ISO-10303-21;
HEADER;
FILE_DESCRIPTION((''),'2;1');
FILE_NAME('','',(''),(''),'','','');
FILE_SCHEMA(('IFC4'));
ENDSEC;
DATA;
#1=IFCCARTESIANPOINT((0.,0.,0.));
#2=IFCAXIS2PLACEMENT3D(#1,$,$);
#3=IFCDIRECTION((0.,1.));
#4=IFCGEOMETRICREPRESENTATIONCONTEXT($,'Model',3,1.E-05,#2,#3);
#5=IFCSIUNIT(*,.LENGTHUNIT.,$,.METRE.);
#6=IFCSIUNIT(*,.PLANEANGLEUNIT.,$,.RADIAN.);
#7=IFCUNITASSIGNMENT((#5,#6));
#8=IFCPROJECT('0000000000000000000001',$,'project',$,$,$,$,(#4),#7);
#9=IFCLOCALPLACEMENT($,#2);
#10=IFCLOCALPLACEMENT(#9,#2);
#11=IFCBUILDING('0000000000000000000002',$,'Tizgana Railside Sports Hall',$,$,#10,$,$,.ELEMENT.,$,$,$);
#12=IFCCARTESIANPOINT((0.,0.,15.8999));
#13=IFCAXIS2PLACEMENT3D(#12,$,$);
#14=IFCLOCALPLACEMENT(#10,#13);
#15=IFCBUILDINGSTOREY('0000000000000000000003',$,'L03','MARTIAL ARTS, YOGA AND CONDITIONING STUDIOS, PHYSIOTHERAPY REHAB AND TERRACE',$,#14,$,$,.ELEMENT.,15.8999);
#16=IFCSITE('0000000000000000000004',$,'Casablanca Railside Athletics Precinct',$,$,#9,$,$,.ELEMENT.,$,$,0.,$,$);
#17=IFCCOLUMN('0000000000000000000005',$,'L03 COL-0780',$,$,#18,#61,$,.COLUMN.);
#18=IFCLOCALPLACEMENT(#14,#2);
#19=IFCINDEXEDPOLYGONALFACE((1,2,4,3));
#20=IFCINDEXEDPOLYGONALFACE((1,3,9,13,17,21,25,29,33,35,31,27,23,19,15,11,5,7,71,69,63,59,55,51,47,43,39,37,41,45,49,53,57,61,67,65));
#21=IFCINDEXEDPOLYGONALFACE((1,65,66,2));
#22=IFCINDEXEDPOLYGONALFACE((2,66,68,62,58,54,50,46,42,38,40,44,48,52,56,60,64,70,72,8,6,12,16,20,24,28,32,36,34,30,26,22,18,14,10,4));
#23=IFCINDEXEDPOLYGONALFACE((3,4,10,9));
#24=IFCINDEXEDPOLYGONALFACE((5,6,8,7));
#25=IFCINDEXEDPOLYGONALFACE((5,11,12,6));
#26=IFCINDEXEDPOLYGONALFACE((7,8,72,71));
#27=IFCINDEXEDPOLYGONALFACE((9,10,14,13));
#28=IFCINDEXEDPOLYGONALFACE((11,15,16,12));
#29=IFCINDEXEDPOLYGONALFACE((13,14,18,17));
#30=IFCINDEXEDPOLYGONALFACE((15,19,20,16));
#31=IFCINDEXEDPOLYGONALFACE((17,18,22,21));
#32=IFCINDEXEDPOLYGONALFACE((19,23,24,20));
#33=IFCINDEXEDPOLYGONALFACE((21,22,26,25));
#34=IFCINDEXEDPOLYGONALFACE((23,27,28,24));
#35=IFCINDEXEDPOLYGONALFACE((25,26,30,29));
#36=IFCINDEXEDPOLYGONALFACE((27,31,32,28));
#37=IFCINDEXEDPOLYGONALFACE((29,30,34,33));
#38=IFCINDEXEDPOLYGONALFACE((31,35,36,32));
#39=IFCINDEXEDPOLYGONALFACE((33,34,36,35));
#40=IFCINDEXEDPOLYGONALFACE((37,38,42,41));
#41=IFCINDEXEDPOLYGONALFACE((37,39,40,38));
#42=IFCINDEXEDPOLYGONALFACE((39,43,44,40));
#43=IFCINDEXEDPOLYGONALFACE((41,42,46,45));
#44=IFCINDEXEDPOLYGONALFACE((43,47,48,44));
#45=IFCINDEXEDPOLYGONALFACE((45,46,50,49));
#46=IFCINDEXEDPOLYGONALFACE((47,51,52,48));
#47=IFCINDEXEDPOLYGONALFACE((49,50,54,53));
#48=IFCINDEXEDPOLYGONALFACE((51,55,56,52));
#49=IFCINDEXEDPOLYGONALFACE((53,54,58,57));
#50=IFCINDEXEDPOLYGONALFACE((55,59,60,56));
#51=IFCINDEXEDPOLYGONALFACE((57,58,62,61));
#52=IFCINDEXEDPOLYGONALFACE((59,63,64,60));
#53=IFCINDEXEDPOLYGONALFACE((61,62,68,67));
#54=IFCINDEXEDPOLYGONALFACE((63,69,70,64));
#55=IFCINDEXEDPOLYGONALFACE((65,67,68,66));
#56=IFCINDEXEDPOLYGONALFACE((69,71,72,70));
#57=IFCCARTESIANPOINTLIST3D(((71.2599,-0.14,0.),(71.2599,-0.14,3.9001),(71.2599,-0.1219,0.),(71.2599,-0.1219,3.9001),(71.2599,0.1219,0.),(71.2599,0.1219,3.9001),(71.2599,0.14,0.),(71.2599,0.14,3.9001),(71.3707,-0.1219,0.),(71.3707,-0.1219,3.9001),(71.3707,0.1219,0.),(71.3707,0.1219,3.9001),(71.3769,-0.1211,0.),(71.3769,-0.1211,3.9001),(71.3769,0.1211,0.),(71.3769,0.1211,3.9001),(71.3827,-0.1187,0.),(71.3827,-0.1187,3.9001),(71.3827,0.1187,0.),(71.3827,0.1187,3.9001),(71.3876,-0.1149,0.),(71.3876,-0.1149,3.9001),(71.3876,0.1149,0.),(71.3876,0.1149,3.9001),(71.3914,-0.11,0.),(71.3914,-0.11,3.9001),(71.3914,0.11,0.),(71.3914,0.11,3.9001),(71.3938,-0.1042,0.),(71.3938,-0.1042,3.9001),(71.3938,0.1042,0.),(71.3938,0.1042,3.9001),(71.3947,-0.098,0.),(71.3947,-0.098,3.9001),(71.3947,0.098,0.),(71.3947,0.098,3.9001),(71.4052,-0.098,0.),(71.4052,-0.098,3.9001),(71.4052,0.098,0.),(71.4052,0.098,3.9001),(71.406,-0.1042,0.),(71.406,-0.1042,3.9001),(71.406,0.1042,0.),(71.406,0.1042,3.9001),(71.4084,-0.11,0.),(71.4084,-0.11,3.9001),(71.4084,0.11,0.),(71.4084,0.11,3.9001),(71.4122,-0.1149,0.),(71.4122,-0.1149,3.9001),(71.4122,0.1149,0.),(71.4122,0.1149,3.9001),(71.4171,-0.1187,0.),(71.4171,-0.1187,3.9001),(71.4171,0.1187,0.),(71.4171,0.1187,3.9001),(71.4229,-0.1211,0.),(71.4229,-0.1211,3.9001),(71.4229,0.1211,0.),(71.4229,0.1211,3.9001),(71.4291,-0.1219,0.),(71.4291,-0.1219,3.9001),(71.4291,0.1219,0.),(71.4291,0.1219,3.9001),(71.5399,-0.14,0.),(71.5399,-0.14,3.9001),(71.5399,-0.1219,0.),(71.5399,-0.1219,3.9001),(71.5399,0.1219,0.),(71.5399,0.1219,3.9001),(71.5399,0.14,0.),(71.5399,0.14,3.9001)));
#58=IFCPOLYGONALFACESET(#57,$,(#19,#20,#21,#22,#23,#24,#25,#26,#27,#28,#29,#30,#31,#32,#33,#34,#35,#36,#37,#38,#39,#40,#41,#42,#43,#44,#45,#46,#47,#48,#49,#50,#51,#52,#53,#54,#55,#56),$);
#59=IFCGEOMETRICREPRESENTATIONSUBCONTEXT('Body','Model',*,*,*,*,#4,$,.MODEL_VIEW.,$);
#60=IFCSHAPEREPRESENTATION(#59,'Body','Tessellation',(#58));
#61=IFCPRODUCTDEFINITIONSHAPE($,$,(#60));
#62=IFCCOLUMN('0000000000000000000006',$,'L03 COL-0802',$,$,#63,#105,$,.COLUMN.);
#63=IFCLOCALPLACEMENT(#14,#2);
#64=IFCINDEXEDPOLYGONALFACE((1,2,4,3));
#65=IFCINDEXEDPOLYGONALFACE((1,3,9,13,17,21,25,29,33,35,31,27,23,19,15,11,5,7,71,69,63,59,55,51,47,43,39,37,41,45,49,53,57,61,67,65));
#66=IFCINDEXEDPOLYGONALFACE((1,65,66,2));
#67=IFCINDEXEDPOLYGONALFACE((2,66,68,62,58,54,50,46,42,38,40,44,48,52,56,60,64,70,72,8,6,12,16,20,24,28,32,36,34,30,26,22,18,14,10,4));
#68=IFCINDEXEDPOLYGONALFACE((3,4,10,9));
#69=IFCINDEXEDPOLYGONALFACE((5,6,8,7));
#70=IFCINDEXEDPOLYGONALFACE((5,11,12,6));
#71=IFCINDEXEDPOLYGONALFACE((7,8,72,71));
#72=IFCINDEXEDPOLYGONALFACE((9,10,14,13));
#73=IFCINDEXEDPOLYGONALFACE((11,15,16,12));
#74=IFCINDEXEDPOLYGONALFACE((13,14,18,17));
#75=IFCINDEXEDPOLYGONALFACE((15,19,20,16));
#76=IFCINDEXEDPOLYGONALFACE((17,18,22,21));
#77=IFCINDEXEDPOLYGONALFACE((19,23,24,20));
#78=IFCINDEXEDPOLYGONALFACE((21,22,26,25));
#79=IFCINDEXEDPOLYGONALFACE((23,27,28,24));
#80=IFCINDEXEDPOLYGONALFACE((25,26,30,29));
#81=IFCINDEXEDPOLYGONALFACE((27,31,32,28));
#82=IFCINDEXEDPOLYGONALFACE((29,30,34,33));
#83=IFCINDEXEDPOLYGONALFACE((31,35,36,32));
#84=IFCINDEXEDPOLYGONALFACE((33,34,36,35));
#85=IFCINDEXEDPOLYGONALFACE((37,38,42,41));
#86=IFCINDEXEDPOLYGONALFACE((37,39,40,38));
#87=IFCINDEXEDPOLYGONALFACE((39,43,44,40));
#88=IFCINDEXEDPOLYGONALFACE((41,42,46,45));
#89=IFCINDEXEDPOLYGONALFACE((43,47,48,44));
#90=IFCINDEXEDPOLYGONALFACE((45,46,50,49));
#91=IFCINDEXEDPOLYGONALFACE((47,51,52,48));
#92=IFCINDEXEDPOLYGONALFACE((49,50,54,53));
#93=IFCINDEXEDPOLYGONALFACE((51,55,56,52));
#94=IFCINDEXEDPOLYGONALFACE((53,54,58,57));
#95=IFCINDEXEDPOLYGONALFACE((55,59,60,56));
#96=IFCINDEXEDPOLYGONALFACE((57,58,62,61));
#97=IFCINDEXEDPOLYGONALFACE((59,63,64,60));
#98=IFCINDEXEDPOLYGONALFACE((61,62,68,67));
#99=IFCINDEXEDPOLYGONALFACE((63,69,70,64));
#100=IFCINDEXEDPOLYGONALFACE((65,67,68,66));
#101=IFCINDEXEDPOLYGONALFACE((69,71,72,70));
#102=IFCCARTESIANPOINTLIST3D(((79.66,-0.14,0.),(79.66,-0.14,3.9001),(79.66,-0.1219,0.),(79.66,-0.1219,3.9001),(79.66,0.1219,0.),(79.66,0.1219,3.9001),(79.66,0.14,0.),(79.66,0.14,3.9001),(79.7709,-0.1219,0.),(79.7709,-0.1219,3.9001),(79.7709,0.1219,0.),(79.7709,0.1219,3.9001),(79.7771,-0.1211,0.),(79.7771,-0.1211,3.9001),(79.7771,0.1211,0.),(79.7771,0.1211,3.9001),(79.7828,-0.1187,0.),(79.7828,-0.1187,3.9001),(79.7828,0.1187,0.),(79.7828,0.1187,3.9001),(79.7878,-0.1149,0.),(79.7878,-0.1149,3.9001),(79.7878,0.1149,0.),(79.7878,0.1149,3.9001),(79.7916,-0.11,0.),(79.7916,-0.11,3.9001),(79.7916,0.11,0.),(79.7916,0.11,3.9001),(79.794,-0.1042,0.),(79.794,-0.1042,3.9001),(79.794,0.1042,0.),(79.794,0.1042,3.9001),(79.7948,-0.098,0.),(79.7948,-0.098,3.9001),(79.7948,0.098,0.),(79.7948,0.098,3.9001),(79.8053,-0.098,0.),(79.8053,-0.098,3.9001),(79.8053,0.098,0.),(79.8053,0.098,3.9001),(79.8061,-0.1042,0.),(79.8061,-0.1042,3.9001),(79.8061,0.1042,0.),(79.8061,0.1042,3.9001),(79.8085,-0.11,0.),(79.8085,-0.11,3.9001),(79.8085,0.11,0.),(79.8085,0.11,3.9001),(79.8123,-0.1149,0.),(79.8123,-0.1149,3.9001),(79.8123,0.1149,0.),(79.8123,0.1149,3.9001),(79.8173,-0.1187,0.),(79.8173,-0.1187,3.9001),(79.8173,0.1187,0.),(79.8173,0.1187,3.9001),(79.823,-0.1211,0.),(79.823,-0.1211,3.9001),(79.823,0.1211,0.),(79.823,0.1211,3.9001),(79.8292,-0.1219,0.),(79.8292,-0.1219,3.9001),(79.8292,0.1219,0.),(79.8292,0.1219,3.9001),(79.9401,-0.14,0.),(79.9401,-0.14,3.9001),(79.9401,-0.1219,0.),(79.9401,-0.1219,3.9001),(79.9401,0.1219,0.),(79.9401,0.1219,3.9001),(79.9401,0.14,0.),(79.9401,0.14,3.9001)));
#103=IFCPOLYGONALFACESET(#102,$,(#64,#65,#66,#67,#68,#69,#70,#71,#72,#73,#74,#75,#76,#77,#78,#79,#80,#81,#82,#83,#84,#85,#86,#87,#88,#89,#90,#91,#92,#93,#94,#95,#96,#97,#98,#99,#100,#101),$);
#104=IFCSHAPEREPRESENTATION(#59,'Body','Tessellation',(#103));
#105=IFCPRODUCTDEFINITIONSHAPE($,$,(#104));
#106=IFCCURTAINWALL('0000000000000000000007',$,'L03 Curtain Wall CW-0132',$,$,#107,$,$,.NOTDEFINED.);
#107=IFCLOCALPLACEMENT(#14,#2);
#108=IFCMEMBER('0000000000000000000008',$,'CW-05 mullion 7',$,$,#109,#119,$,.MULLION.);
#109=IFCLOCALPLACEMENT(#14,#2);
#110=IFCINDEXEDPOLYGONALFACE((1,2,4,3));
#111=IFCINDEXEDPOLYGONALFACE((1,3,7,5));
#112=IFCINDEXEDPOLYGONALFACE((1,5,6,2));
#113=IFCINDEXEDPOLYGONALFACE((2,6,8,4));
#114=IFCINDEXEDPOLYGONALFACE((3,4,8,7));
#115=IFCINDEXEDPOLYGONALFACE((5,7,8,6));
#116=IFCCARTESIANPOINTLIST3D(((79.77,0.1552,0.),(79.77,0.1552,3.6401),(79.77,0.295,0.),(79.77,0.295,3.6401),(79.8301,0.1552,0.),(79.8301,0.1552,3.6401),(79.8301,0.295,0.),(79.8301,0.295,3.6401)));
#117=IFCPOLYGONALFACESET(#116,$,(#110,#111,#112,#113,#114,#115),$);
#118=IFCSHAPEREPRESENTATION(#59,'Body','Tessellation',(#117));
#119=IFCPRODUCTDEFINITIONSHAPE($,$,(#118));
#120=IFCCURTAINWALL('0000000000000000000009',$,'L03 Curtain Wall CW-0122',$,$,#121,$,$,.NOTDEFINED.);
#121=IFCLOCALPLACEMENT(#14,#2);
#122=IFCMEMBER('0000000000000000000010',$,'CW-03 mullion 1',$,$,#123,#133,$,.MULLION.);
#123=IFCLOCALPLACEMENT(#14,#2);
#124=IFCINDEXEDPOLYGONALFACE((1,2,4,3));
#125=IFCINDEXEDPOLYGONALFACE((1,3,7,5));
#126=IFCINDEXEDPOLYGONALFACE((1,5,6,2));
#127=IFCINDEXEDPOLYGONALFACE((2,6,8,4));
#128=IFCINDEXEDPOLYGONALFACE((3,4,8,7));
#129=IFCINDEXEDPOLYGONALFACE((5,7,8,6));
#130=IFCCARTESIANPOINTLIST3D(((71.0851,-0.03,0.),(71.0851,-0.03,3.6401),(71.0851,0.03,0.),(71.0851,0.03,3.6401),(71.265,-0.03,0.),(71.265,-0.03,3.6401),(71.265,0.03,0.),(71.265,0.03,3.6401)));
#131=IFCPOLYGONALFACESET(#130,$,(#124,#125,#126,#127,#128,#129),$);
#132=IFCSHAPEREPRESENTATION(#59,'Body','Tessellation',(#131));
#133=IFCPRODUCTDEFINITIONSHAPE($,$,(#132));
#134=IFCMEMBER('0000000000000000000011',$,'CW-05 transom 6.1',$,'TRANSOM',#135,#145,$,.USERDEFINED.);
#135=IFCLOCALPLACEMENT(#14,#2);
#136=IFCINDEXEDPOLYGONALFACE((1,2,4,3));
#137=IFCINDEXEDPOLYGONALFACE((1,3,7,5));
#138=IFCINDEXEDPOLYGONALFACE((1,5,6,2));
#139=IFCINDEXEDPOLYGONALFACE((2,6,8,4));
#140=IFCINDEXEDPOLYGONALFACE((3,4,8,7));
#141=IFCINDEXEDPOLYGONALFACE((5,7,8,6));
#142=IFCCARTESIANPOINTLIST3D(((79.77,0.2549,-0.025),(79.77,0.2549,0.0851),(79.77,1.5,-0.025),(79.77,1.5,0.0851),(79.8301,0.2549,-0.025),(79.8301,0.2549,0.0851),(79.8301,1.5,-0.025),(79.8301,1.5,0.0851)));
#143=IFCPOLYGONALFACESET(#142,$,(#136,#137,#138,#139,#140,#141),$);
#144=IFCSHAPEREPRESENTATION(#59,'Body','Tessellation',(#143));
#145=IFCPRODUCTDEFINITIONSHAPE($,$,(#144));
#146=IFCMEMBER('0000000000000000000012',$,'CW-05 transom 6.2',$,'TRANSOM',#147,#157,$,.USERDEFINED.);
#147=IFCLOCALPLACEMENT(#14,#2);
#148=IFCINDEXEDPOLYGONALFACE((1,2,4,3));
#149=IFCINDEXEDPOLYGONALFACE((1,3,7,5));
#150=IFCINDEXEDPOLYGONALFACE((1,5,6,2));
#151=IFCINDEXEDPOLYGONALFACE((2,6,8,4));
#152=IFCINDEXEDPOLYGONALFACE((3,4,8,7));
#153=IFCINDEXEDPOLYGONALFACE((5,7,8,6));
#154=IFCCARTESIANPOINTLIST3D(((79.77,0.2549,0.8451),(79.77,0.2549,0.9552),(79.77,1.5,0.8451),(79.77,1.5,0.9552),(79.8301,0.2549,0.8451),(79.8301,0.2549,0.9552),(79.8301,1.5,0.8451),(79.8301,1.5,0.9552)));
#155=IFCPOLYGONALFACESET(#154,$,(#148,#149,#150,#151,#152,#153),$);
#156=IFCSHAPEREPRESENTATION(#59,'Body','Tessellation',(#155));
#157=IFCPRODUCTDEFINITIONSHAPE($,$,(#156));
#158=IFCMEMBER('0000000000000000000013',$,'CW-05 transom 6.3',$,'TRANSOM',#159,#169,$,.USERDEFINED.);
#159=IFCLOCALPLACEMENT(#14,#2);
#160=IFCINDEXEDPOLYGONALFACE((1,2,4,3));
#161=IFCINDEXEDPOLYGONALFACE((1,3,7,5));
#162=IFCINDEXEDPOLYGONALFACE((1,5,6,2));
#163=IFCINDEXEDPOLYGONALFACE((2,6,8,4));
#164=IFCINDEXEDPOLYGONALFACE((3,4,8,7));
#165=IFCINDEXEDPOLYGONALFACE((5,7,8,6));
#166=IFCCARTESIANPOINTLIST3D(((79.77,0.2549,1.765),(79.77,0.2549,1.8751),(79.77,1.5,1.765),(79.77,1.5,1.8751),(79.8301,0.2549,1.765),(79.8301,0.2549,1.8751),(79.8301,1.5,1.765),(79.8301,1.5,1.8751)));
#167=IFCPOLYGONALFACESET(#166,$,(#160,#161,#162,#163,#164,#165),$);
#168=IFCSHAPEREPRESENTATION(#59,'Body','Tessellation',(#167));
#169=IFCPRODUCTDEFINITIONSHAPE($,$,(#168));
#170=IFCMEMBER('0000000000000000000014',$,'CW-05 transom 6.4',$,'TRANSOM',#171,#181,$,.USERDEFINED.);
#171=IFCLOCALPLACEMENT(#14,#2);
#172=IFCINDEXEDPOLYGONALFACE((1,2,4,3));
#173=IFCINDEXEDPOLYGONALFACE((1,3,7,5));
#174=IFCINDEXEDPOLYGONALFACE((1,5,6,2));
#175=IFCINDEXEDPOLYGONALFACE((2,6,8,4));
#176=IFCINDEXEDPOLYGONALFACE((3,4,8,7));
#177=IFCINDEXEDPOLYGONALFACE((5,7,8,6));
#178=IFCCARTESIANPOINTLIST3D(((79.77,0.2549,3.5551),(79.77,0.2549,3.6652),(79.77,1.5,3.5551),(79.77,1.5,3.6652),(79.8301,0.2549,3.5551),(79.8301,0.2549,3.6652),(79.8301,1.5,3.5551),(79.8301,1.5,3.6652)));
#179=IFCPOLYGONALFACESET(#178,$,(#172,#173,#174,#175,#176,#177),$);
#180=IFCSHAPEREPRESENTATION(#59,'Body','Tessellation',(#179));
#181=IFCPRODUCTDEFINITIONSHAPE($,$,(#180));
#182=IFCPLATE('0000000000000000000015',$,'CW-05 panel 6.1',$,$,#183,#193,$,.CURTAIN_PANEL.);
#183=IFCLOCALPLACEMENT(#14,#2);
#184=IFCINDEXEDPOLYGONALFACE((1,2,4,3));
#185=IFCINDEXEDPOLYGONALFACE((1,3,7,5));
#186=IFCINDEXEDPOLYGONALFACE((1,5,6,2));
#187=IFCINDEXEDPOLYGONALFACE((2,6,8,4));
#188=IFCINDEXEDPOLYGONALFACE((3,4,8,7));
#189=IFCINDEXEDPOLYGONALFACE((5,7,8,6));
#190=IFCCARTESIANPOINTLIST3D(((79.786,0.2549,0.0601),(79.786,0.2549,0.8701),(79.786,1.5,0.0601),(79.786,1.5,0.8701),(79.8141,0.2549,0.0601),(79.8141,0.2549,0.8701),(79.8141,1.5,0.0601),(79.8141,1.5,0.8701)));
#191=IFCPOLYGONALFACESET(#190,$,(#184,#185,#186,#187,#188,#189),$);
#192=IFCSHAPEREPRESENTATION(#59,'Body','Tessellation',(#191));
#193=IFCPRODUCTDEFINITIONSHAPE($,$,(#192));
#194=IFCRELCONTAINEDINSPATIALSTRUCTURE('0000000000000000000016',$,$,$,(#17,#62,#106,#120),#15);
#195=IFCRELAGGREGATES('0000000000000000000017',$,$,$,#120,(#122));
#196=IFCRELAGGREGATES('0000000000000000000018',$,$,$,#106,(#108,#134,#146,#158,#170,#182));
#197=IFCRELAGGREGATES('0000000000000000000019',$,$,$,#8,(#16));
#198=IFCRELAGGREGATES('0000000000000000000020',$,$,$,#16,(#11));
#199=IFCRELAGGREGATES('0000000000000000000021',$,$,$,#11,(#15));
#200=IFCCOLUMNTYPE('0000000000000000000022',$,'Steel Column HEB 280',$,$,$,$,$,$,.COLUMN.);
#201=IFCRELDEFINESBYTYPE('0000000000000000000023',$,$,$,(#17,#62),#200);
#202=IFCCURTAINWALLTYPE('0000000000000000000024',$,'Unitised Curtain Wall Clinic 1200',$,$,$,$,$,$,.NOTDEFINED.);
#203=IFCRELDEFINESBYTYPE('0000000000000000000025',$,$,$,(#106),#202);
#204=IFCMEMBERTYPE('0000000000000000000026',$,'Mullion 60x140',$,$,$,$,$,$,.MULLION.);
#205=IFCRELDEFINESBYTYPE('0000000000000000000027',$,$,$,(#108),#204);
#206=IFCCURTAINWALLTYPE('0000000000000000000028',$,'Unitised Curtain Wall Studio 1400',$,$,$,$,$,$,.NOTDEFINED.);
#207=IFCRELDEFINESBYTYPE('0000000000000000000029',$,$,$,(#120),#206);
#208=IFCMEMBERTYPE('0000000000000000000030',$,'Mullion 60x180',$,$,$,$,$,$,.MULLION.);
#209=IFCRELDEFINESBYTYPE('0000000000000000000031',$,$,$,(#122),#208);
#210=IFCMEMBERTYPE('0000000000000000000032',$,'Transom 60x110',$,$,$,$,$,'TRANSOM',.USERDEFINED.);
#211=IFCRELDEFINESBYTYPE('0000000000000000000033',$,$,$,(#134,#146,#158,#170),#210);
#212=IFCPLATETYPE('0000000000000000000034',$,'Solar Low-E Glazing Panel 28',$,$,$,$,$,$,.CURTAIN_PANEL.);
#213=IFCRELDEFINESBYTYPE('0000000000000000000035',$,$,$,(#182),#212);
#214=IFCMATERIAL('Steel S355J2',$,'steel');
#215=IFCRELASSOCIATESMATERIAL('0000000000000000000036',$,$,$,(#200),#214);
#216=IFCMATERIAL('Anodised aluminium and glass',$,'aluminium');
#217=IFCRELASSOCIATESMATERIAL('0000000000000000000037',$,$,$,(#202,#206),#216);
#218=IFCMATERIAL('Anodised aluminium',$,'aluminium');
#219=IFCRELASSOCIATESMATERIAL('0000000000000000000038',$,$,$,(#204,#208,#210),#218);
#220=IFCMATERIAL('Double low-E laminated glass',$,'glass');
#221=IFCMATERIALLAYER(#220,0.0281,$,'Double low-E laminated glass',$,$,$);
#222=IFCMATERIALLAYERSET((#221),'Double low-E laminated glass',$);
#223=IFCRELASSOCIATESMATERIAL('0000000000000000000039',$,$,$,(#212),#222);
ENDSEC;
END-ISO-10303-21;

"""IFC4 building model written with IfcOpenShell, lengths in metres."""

from ifc_helpers import new_model, si_unit, direction, frame, origin, origin_2d, place, context, subcontext, project, spatial, rectangle, i_section, extrude, material, layer, layer_set, material_profile, profile_set, type_object, element, aggregate, save


model = new_model("IFC4")

# Units and contexts
model_context = context("Model", 3, precision=1e-05, world=origin(), true_north=direction((0.0, 1.0)))
body_context = subcontext(model_context, "Body", "Model", "MODEL_VIEW")
ifc_project = project(units=[si_unit("LENGTHUNIT", "METRE"), si_unit("PLANEANGLEUNIT", "RADIAN")], contexts=[model_context])

# Site, building, storey
site_placement = place(None, origin())
site = spatial("IfcSite", under=ifc_project, at=site_placement, Name="Casablanca Railside Athletics Precinct", CompositionType="ELEMENT", RefElevation=0.0)
building_placement = place(site_placement, origin())
building = spatial("IfcBuilding", under=site, at=building_placement, Name="Tizgana Railside Sports Hall", CompositionType="ELEMENT")
storey_placement = place(building_placement, frame((0.0, 0.0, 15.8999)))
storey = spatial("IfcBuildingStorey", under=building, at=storey_placement, Name="L03", Description="MARTIAL ARTS, YOGA AND CONDITIONING STUDIOS, PHYSIOTHERAPY REHAB AND TERRACE", CompositionType="ELEMENT", Elevation=15.8999)

# Columns
ifc_material_1 = material(Name="Steel S355J2", Category="steel")
ifc_material_profile_1 = material_profile(ifc_material_1, i_section(OverallWidth=0.28, OverallDepth=0.28, WebThickness=0.0105, FlangeThickness=0.0181, FilletRadius=0.0239, at=origin_2d()), Name="HEB 280")
ifc_profile_set_1 = profile_set([ifc_material_profile_1], Name="Steel S355J2")
column_type = type_object("IfcColumnType", Name="Steel Column HEB 280", PredefinedType="COLUMN", material=ifc_profile_set_1)
for number, where, z_axis, x_axis, name in (
    (1, (71.3999, 0.0, 0.0), (0.0, 0.0, 1.0), (1.0, 0.0, 0.0), "L03 COL-0780"),
    (2, (79.8, 0.0, 0.0), (0.0, 0.0, 1.0), (1.0, 0.0, 0.0), "L03 COL-0802"),
):
    element("IfcColumn", number, at=place(storey_placement, frame(where, z_axis=z_axis, x_axis=x_axis)), inside=storey, type_object=column_type, Name=name, PredefinedType="COLUMN", context=body_context, shape_type="SweptSolid", body=[
        extrude(i_section(OverallWidth=0.28, OverallDepth=0.28, WebThickness=0.0105, FlangeThickness=0.0181, FilletRadius=0.0239, at=origin_2d()), origin(), (0.0, 0.0, 1.0), 3.9001),
    ])

# Curtain walls, members
ifc_material_2 = material(Name="Anodised aluminium and glass", Category="aluminium")
curtain_wall_type_1 = type_object("IfcCurtainWallType", Name="Unitised Curtain Wall Clinic 1200", PredefinedType="NOTDEFINED", material=ifc_material_2)
curtain_wall_1_placement = place(storey_placement, origin())
curtain_wall_1 = element("IfcCurtainWall", 3, at=curtain_wall_1_placement, inside=storey, type_object=curtain_wall_type_1, Name="L03 Curtain Wall CW-0132", PredefinedType="NOTDEFINED")
ifc_material_3 = material(Name="Anodised aluminium", Category="aluminium")
ifc_material_profile_2 = material_profile(ifc_material_3, rectangle(XDim=0.0601, YDim=0.1399, at=origin_2d()), Name="Mullion 60x140")
ifc_profile_set_2 = profile_set([ifc_material_profile_2], Name="Anodised aluminium")
member_type_1 = type_object("IfcMemberType", Name="Mullion 60x140", PredefinedType="MULLION", material=ifc_profile_set_2)
member_1_placement = place(storey_placement, frame((79.8, 0.2251, 0.0), z_axis=(0.0, 0.0, 1.0), x_axis=(1.0, 0.0, 0.0)))
member_1 = element("IfcMember", 4, at=member_1_placement, type_object=member_type_1, Name="CW-05 mullion 7", PredefinedType="MULLION", context=body_context, shape_type="SweptSolid", body=[
    extrude(rectangle(XDim=0.0601, YDim=0.1399, at=origin_2d()), origin(), (0.0, 0.0, 1.0), 3.6401),
])
curtain_wall_type_2 = type_object("IfcCurtainWallType", Name="Unitised Curtain Wall Studio 1400", PredefinedType="NOTDEFINED", material=ifc_material_2)
curtain_wall_2_placement = place(storey_placement, origin())
curtain_wall_2 = element("IfcCurtainWall", 5, at=curtain_wall_2_placement, inside=storey, type_object=curtain_wall_type_2, Name="L03 Curtain Wall CW-0122", PredefinedType="NOTDEFINED")
ifc_material_profile_3 = material_profile(ifc_material_3, rectangle(XDim=0.0601, YDim=0.1799, at=origin_2d()), Name="Mullion 60x180")
ifc_profile_set_3 = profile_set([ifc_material_profile_3], Name="Anodised aluminium")
member_type_2 = type_object("IfcMemberType", Name="Mullion 60x180", PredefinedType="MULLION", material=ifc_profile_set_3)
member_2_placement = place(storey_placement, frame((71.175, 0.0, 0.0), z_axis=(0.0, 0.0, 1.0), x_axis=(0.0, -1.0, 0.0)))
member_2 = element("IfcMember", 6, at=member_2_placement, type_object=member_type_2, Name="CW-03 mullion 1", PredefinedType="MULLION", context=body_context, shape_type="SweptSolid", body=[
    extrude(rectangle(XDim=0.0601, YDim=0.1799, at=origin_2d()), origin(), (0.0, 0.0, 1.0), 3.6401),
])
aggregate(curtain_wall_2, [member_2])

# Members
ifc_material_profile_4 = material_profile(ifc_material_3, rectangle(XDim=0.0601, YDim=0.1101, at=origin_2d()), Name="Transom 60x110")
ifc_profile_set_4 = profile_set([ifc_material_profile_4], Name="Anodised aluminium")
member_type_3 = type_object("IfcMemberType", Name="Transom 60x110", ElementType="TRANSOM", PredefinedType="USERDEFINED", material=ifc_profile_set_4)
member_3_placement = place(storey_placement, frame((79.8, 1.5, 0.03), z_axis=(0.0, -1.0, 0.0), x_axis=(1.0, 0.0, 0.0)))
member_3 = element("IfcMember", 7, at=member_3_placement, type_object=member_type_3, Name="CW-05 transom 6.1", ObjectType="TRANSOM", PredefinedType="USERDEFINED", context=body_context, shape_type="SweptSolid", body=[
    extrude(rectangle(XDim=0.0601, YDim=0.1101, at=origin_2d()), origin(), (0.0, 0.0, 1.0), 1.2451),
])
member_4_placement = place(storey_placement, frame((79.8, 1.5, 0.9001), z_axis=(0.0, -1.0, 0.0), x_axis=(1.0, 0.0, 0.0)))
member_4 = element("IfcMember", 8, at=member_4_placement, type_object=member_type_3, Name="CW-05 transom 6.2", ObjectType="TRANSOM", PredefinedType="USERDEFINED", context=body_context, shape_type="SweptSolid", body=[
    extrude(rectangle(XDim=0.0601, YDim=0.1101, at=origin_2d()), origin(), (0.0, 0.0, 1.0), 1.2451),
])
member_5_placement = place(storey_placement, frame((79.8, 1.5, 1.8201), z_axis=(0.0, -1.0, 0.0), x_axis=(1.0, 0.0, 0.0)))
member_5 = element("IfcMember", 9, at=member_5_placement, type_object=member_type_3, Name="CW-05 transom 6.3", ObjectType="TRANSOM", PredefinedType="USERDEFINED", context=body_context, shape_type="SweptSolid", body=[
    extrude(rectangle(XDim=0.0601, YDim=0.1101, at=origin_2d()), origin(), (0.0, 0.0, 1.0), 1.2451),
])
member_6_placement = place(storey_placement, frame((79.8, 1.5, 3.6101), z_axis=(0.0, -1.0, 0.0), x_axis=(1.0, 0.0, 0.0)))
member_6 = element("IfcMember", 10, at=member_6_placement, type_object=member_type_3, Name="CW-05 transom 6.4", ObjectType="TRANSOM", PredefinedType="USERDEFINED", context=body_context, shape_type="SweptSolid", body=[
    extrude(rectangle(XDim=0.0601, YDim=0.1101, at=origin_2d()), origin(), (0.0, 0.0, 1.0), 1.2451),
])

# Plate
ifc_material_4 = material(Name="Double low-E laminated glass", Category="glass")
ifc_layer_1 = layer(ifc_material_4, 0.0281, Name="Double low-E laminated glass")
ifc_layer_set_1 = layer_set([ifc_layer_1], Name="Double low-E laminated glass")
plate_type = type_object("IfcPlateType", Name="Solar Low-E Glazing Panel 28", PredefinedType="CURTAIN_PANEL", material=ifc_layer_set_1)
plate_1_placement = place(storey_placement, frame((79.8, 0.8774, 0.0601), z_axis=(0.0, 0.0, 1.0), x_axis=(0.0, -1.0, 0.0)))
plate_1 = element("IfcPlate", 11, at=plate_1_placement, type_object=plate_type, Name="CW-05 panel 6.1", PredefinedType="CURTAIN_PANEL", context=body_context, shape_type="SweptSolid", body=[
    extrude(rectangle(XDim=1.2451, YDim=0.0281, at=origin_2d()), origin(), (0.0, 0.0, 1.0), 0.8101),
])
aggregate(curtain_wall_1, [member_1, member_3, member_4, member_5, member_6, plate_1])

save(model, "model.ifc")
